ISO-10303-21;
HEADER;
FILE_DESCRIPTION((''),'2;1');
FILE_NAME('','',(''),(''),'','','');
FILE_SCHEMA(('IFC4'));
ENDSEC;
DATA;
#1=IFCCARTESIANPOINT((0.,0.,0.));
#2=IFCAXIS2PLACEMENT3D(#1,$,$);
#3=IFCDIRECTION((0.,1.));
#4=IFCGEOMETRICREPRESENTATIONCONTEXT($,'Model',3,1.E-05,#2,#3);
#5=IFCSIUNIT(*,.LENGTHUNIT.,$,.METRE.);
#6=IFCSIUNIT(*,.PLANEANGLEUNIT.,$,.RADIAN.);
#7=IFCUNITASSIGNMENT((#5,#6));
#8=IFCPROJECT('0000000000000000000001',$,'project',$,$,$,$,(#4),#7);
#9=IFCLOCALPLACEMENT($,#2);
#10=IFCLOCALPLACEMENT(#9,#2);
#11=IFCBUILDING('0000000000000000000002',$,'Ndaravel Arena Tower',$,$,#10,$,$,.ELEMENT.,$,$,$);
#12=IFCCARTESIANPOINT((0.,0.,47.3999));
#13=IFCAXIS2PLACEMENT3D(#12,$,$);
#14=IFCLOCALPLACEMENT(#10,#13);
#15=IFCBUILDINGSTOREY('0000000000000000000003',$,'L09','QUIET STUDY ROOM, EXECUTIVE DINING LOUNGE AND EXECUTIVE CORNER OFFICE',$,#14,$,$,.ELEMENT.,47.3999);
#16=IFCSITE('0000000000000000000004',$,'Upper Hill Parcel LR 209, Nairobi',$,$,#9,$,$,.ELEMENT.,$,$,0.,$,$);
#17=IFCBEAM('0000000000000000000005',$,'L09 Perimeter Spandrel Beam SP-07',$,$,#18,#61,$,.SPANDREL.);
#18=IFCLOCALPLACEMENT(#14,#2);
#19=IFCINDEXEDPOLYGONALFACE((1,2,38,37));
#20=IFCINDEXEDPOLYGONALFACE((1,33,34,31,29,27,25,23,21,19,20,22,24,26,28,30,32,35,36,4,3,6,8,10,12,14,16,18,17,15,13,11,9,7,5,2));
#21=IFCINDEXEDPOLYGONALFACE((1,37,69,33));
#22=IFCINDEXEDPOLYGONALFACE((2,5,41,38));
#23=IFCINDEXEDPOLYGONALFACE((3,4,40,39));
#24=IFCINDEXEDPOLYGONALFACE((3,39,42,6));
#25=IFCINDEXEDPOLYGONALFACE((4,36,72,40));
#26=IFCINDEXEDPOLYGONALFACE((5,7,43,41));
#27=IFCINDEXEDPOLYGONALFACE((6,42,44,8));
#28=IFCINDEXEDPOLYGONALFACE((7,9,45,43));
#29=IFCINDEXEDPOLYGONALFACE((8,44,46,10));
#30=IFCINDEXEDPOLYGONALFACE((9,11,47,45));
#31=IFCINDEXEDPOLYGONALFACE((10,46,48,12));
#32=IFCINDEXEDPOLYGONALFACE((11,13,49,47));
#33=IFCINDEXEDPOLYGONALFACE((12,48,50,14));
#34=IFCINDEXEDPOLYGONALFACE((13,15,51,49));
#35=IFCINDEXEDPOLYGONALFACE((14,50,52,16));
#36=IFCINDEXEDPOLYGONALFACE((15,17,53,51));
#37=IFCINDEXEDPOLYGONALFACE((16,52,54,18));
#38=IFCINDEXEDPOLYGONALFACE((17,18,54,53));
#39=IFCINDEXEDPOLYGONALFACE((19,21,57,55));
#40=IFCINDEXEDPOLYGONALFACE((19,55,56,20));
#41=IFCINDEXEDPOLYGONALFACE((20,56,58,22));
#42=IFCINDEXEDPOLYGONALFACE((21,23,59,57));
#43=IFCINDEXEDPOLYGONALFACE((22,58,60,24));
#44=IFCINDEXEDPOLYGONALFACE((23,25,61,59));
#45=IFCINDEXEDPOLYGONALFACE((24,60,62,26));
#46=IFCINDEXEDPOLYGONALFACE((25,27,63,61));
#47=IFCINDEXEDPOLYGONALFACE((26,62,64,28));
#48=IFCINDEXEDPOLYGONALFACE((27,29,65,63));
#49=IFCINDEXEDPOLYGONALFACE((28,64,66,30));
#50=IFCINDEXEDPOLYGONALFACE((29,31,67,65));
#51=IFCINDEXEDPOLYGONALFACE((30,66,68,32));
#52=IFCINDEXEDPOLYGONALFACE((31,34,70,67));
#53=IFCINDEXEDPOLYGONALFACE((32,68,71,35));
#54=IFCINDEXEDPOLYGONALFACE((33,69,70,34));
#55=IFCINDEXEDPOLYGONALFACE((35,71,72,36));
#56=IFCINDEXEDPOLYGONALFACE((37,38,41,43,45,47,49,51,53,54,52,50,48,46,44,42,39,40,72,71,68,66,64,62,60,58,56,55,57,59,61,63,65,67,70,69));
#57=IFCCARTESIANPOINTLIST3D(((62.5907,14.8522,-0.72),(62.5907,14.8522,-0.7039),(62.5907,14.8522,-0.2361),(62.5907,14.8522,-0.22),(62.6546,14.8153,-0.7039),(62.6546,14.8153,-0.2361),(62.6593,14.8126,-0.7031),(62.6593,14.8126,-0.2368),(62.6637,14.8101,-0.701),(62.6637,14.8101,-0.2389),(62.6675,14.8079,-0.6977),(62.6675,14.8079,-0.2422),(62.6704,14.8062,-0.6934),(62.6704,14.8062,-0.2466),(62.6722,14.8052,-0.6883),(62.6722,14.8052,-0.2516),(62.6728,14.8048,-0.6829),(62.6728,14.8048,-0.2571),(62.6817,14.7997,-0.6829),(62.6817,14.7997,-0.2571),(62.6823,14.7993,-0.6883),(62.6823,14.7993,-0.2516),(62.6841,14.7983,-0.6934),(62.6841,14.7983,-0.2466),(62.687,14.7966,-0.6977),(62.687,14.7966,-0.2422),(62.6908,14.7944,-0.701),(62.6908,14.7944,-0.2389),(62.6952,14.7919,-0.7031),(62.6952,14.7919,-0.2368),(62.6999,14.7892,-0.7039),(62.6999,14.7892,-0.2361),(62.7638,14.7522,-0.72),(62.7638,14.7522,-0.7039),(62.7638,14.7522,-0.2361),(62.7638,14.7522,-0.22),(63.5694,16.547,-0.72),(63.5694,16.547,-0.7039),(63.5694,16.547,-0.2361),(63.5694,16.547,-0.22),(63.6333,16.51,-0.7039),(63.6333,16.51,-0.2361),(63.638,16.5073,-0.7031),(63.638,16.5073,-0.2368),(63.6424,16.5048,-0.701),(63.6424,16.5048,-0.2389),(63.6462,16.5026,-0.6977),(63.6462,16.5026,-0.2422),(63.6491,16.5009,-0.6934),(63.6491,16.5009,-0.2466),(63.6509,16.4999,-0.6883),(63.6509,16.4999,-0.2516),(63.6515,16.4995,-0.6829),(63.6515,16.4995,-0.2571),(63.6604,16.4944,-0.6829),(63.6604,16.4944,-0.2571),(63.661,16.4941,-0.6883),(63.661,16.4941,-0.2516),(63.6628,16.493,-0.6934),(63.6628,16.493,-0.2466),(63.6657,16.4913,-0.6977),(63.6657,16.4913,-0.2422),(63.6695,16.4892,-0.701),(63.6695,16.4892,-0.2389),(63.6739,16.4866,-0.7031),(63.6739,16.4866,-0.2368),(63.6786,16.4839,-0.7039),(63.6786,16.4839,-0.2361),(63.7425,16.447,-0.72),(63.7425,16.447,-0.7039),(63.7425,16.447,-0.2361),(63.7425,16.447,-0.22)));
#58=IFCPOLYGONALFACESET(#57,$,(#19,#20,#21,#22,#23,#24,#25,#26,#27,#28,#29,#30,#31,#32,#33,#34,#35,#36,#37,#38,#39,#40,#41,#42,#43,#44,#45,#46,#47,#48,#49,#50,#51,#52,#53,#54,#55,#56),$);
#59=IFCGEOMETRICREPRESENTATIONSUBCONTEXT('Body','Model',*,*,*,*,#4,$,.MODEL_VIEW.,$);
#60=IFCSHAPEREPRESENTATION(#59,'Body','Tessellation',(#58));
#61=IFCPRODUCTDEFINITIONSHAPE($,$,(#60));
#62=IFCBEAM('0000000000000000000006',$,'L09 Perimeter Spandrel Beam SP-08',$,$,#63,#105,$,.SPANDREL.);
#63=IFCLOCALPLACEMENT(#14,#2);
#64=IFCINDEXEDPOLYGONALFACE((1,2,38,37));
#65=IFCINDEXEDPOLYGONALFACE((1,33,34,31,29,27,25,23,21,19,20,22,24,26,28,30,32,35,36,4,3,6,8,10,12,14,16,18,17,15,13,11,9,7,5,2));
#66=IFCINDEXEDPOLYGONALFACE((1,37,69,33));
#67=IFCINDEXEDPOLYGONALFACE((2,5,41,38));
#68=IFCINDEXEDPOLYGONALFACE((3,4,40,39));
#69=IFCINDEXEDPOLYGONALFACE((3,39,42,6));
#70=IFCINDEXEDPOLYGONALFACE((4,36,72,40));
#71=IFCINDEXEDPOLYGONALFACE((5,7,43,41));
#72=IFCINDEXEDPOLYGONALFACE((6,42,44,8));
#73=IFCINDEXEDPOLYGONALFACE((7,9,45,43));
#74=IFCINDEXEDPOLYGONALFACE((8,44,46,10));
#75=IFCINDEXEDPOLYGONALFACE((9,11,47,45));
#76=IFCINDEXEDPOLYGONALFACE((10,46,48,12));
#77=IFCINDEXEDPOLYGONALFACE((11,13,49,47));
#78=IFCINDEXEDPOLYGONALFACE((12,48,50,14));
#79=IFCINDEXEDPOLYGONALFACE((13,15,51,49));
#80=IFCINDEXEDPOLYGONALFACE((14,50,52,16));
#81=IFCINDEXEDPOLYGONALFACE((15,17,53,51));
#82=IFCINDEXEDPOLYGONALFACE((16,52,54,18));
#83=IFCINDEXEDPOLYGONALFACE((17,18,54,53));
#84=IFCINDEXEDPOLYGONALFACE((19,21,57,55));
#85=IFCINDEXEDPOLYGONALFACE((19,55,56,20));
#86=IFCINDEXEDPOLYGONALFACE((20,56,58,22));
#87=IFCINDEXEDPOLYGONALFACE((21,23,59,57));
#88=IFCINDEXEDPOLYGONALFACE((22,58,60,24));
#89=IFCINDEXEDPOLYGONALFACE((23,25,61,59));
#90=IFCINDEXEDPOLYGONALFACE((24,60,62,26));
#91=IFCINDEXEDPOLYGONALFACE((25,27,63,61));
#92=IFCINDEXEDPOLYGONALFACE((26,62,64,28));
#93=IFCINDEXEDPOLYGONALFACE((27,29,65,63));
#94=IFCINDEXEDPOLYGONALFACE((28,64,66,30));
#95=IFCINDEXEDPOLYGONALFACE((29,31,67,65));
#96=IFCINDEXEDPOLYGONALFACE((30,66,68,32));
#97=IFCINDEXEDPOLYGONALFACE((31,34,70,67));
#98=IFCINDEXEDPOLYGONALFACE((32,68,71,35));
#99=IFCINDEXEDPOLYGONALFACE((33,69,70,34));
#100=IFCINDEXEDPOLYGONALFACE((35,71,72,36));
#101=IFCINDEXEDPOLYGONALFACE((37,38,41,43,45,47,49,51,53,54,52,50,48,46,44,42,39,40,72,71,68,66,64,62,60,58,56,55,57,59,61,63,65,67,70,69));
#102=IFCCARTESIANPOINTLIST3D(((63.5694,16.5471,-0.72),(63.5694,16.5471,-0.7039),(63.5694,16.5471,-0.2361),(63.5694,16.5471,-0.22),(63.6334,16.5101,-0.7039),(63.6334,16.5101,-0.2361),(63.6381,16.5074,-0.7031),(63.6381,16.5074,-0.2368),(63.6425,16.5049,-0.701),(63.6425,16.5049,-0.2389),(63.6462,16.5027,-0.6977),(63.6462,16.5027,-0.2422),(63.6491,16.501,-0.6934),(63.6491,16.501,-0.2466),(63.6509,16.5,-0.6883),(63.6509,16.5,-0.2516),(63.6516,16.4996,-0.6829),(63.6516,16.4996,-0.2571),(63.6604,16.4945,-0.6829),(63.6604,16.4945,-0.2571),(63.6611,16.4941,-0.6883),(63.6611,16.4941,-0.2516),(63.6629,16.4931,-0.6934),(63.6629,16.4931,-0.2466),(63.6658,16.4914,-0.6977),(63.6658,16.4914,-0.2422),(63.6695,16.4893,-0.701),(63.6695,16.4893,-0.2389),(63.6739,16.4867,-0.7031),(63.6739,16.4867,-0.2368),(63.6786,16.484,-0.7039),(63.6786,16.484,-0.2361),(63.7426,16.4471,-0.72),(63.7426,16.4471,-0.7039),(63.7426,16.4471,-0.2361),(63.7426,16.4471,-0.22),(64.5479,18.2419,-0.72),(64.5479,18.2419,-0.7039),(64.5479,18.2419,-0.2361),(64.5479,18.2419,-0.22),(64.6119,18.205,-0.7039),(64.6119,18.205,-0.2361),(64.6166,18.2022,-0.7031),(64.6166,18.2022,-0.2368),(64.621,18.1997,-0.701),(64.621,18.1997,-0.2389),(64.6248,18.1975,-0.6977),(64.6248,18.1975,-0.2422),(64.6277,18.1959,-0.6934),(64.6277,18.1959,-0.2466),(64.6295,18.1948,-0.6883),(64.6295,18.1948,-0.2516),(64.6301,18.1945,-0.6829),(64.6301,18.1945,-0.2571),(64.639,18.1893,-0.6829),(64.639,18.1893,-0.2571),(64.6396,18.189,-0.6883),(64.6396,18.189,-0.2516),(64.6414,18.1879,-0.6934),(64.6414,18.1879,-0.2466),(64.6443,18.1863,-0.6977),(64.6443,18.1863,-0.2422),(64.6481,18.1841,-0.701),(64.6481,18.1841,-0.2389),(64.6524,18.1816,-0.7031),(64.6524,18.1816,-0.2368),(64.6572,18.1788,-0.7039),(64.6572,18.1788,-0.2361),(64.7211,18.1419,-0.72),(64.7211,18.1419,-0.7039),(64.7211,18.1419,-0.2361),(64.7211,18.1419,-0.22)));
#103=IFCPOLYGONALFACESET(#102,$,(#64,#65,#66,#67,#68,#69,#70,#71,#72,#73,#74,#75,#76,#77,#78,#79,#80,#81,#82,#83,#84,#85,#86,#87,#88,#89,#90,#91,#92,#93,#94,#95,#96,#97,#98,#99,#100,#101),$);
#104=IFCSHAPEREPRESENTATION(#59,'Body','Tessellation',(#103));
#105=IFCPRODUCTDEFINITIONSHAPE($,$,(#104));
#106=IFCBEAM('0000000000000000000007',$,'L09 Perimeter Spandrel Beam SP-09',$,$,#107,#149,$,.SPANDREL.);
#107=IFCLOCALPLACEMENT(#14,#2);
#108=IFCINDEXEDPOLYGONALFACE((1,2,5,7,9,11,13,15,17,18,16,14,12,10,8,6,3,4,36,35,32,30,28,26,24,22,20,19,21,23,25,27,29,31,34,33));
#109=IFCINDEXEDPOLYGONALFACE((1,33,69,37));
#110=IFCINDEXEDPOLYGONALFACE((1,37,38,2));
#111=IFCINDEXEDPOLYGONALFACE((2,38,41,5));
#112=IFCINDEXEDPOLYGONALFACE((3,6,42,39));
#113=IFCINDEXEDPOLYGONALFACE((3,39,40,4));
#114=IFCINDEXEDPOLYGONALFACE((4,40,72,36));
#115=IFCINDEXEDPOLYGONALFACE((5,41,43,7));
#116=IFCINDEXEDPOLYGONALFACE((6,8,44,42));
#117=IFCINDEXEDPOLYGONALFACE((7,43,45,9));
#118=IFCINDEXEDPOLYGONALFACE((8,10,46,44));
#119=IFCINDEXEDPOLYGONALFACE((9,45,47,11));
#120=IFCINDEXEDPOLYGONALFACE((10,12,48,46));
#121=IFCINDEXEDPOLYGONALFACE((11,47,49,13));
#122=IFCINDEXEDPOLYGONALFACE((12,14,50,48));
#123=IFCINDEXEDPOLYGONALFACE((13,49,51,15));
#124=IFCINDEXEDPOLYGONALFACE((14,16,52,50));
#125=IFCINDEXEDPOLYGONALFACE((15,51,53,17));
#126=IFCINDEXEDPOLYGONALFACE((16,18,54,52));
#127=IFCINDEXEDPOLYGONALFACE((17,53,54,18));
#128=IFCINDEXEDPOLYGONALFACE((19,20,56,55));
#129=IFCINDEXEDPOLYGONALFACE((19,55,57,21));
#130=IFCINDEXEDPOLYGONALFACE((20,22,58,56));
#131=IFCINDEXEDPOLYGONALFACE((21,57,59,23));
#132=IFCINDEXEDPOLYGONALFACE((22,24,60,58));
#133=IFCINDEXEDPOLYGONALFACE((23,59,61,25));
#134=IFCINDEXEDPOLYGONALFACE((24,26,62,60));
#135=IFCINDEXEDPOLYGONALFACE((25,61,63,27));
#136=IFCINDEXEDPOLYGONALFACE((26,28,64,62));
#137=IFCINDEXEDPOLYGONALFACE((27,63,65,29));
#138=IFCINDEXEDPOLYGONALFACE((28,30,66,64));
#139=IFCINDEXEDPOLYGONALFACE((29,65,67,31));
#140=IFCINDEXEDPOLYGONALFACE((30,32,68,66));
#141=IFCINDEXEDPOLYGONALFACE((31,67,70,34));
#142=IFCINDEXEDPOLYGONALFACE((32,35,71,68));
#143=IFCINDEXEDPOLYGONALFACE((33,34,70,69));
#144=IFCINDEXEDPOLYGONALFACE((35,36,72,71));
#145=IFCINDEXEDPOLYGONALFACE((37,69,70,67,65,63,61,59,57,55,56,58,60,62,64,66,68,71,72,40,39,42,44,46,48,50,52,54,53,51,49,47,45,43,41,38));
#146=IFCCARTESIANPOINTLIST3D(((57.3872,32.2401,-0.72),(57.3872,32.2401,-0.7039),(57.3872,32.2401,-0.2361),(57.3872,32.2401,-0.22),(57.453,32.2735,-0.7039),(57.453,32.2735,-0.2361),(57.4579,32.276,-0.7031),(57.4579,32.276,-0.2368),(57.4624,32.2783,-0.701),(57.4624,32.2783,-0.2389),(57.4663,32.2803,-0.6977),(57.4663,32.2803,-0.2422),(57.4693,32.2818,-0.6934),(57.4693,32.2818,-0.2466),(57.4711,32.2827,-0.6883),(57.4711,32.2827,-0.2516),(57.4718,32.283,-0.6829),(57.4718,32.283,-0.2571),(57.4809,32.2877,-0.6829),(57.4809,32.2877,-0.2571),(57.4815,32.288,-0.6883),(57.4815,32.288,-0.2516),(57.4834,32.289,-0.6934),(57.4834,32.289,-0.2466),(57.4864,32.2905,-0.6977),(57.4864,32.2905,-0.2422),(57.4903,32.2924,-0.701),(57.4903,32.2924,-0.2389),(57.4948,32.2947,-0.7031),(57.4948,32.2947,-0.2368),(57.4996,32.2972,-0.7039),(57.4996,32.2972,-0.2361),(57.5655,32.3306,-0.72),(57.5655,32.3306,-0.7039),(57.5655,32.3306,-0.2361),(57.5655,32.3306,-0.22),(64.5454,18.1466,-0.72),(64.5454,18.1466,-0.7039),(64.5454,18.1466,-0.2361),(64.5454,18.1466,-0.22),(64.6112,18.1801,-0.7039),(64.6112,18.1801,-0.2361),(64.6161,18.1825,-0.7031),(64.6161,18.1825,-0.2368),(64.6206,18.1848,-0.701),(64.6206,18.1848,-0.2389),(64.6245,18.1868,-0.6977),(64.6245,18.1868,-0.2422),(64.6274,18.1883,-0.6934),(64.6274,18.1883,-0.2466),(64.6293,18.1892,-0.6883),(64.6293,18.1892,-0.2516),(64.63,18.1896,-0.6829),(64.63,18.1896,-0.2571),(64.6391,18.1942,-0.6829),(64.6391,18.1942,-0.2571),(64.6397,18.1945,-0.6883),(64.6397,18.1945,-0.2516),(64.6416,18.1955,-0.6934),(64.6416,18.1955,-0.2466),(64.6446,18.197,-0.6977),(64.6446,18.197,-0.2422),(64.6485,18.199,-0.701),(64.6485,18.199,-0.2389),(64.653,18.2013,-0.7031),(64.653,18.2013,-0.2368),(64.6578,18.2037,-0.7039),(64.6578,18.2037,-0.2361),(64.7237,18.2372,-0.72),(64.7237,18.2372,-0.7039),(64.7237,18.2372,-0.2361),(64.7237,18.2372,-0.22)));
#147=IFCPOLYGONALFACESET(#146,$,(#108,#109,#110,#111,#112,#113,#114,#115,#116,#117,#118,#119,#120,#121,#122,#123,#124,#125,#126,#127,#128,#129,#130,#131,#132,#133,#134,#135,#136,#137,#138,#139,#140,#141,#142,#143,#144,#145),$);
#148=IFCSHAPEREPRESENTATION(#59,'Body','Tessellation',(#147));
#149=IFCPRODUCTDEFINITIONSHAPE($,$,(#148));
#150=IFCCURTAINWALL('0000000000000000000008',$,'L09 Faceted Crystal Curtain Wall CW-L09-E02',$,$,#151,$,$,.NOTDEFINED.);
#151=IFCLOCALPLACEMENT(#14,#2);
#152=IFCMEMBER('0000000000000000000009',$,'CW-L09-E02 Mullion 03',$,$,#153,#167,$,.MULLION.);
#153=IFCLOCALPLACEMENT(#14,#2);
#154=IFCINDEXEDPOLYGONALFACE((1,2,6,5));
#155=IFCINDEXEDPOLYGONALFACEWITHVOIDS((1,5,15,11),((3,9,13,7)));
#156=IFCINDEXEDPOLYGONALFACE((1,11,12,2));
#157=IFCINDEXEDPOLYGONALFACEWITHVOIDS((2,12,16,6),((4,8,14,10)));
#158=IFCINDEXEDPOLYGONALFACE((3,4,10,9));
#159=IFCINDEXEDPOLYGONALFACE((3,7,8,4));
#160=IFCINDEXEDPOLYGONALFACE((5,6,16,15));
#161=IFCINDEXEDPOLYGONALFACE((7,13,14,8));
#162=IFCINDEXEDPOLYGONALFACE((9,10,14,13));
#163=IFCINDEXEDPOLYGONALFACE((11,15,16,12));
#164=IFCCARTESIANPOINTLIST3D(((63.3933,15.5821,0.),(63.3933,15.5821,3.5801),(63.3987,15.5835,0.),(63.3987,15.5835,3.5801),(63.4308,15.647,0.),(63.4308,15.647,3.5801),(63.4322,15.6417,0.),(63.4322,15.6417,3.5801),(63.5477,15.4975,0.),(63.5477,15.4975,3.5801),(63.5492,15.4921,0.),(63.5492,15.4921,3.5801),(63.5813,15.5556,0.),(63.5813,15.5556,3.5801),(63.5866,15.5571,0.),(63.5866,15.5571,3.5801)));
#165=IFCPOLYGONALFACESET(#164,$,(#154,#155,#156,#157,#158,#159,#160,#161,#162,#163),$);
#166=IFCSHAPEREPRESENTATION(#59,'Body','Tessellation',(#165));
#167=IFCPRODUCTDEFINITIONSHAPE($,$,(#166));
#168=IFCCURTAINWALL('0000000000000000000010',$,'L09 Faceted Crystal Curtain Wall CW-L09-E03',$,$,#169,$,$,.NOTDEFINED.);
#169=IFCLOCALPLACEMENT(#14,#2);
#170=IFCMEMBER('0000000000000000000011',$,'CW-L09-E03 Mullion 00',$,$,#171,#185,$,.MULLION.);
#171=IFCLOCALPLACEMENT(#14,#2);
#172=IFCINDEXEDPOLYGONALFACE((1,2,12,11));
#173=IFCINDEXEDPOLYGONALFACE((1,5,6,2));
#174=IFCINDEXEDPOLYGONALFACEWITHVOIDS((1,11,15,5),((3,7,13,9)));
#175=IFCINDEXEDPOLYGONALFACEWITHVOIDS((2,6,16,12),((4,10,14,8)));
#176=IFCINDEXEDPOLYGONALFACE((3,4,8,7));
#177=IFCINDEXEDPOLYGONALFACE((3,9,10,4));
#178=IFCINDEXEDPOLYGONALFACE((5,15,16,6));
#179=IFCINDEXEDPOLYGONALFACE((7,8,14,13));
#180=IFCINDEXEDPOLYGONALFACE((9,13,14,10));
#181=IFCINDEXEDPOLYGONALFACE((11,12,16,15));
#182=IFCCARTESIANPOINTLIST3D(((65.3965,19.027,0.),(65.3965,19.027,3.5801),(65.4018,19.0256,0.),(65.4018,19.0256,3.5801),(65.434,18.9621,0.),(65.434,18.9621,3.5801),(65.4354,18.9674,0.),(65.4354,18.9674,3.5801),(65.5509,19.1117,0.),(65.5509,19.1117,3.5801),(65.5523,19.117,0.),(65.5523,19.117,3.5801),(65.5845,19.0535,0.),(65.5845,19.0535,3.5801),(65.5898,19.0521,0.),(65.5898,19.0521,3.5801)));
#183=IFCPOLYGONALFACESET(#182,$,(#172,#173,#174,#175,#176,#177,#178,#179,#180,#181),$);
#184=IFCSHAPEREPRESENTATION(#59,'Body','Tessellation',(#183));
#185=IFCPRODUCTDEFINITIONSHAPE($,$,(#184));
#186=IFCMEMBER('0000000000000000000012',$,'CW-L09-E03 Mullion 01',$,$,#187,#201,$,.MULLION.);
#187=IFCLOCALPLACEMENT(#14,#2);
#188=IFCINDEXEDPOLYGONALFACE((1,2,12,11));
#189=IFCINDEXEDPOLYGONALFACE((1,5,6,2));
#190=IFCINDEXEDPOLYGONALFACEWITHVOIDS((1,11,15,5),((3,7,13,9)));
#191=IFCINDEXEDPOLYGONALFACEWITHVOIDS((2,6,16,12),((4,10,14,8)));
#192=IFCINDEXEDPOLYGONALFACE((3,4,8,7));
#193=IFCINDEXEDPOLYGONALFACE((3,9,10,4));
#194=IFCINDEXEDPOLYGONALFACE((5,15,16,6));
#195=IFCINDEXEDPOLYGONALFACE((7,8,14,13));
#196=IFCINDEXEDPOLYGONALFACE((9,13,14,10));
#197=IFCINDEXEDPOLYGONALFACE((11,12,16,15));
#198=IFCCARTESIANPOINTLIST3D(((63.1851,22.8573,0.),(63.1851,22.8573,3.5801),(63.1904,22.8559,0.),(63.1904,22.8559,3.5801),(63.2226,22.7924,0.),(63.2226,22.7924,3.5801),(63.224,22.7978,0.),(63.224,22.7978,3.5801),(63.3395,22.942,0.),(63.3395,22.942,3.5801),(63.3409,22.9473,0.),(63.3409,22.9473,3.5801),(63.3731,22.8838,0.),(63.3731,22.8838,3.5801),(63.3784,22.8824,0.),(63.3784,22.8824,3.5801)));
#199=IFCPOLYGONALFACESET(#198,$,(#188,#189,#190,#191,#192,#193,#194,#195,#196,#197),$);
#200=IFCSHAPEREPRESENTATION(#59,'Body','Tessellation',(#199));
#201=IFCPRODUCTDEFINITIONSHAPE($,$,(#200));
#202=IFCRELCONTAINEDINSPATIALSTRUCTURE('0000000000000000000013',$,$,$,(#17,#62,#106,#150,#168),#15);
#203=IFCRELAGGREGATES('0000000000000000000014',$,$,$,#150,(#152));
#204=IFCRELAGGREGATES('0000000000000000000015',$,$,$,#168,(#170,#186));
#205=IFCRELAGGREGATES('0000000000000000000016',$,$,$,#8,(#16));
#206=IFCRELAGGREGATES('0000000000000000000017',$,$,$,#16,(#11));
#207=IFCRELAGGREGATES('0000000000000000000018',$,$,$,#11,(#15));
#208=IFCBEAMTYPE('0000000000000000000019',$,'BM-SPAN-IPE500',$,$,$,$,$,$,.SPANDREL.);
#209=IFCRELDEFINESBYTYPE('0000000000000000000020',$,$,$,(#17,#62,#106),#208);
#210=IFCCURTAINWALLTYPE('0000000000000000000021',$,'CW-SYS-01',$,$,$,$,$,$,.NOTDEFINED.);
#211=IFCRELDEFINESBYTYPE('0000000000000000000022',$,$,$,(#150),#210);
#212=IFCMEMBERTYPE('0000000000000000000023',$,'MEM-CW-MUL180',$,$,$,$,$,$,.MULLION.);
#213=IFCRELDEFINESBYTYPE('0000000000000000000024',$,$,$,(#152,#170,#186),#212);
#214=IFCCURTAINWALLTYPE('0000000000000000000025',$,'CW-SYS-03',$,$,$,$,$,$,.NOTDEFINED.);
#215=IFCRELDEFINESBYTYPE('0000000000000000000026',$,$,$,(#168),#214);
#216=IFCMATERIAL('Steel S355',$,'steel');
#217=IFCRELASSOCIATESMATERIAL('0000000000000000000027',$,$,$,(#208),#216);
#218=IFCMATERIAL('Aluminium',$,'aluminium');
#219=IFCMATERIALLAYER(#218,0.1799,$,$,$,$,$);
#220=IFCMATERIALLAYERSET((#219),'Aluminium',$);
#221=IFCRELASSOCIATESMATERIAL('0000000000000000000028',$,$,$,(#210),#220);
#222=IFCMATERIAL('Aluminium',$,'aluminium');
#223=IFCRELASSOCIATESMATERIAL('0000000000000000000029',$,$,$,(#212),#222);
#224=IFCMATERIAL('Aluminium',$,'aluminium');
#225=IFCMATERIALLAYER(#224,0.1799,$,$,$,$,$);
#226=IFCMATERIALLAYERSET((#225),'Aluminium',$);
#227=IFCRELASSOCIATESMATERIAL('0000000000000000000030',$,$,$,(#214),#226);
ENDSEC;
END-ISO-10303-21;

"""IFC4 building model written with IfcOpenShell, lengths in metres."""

from ifc_helpers import new_model, si_unit, direction, frame, origin, origin_2d, place, context, subcontext, project, spatial, hollow_rectangle, i_section, extrude, material, layer, layer_set, material_profile, profile_set, type_object, element, aggregate, save


model = new_model("IFC4")

# Units and contexts
model_context = context("Model", 3, precision=1e-05, world=origin(), true_north=direction((0.0, 1.0)))
body_context = subcontext(model_context, "Body", "Model", "MODEL_VIEW")
ifc_project = project(units=[si_unit("LENGTHUNIT", "METRE"), si_unit("PLANEANGLEUNIT", "RADIAN")], contexts=[model_context])

# Site, building, storey
site_placement = place(None, origin())
site = spatial("IfcSite", under=ifc_project, at=site_placement, Name="Upper Hill Parcel LR 209, Nairobi", CompositionType="ELEMENT", RefElevation=0.0)
building_placement = place(site_placement, origin())
building = spatial("IfcBuilding", under=site, at=building_placement, Name="Ndaravel Arena Tower", CompositionType="ELEMENT")
storey_placement = place(building_placement, frame((0.0, 0.0, 47.3999)))
storey = spatial("IfcBuildingStorey", under=building, at=storey_placement, Name="L09", Description="QUIET STUDY ROOM, EXECUTIVE DINING LOUNGE AND EXECUTIVE CORNER OFFICE", CompositionType="ELEMENT", Elevation=47.3999)

# Beams
ifc_material_1 = material(Name="Steel S355", Category="steel")
ifc_material_profile_1 = material_profile(ifc_material_1, i_section(OverallWidth=0.2, OverallDepth=0.5, WebThickness=0.0103, FlangeThickness=0.0161, FilletRadius=0.021, at=origin_2d()), Name="IPE 500")
ifc_profile_set_1 = profile_set([ifc_material_profile_1], Name="Steel S355")
beam_type_1 = type_object("IfcBeamType", Name="BM-SPAN-IPE500", PredefinedType="SPANDREL", material=ifc_profile_set_1)
for number, where, z_axis, x_axis, name in (
    (1, (62.6772, 14.8022, -0.47), (0.500097, 0.86597, 0.0), (-0.86597, 0.500097, 0.0), "L09 Perimeter Spandrel Beam SP-07"),
    (2, (63.656, 16.4971, -0.47), (0.500003, 0.866024, 0.0), (-0.866024, 0.500003, 0.0), "L09 Perimeter Spandrel Beam SP-08"),
):
    element("IfcBeam", number, at=place(storey_placement, frame(where, z_axis=z_axis, x_axis=x_axis)), inside=storey, type_object=beam_type_1, Name=name, PredefinedType="SPANDREL", context=body_context, shape_type="SweptSolid", body=[
        extrude(i_section(OverallWidth=0.2, OverallDepth=0.5, WebThickness=0.0103, FlangeThickness=0.0161, FilletRadius=0.021, at=origin_2d()), origin(), (0.0, 0.0, 1.0), 1.957),
    ])
beam_1_placement = place(storey_placement, frame((64.6345, 18.1919, -0.47), z_axis=(-0.452845, 0.891589, 0.0), x_axis=(-0.891589, -0.452845, 0.0)))
element("IfcBeam", 3, at=beam_1_placement, inside=storey, type_object=beam_type_1, Name="L09 Perimeter Spandrel Beam SP-09", PredefinedType="SPANDREL", context=body_context, shape_type="SweptSolid", body=[
    extrude(i_section(OverallWidth=0.2, OverallDepth=0.5, WebThickness=0.0103, FlangeThickness=0.0161, FilletRadius=0.021, at=origin_2d()), origin(), (0.0, 0.0, 1.0), 15.8071),
])

# Curtain wall, member
ifc_material_2 = material(Name="Aluminium", Category="aluminium")
ifc_layer_1 = layer(ifc_material_2, 0.1799)
ifc_layer_set_1 = layer_set([ifc_layer_1], Name="Aluminium")
curtain_wall_type_1 = type_object("IfcCurtainWallType", Name="CW-SYS-01", PredefinedType="NOTDEFINED", material=ifc_layer_set_1)
curtain_wall_1_placement = place(storey_placement, origin())
curtain_wall_1 = element("IfcCurtainWall", 4, at=curtain_wall_1_placement, inside=storey, type_object=curtain_wall_type_1, Name="L09 Faceted Crystal Curtain Wall CW-L09-E02", PredefinedType="NOTDEFINED")
ifc_material_3 = material(Name="Aluminium", Category="aluminium")
ifc_material_profile_2 = material_profile(ifc_material_3, hollow_rectangle(XDim=0.075, YDim=0.1799, WallThickness=0.0039, at=origin_2d()), Name="CW MULLION 75x180x4")
ifc_profile_set_2 = profile_set([ifc_material_profile_2], Name="Aluminium")
member_type_1 = type_object("IfcMemberType", Name="MEM-CW-MUL180", PredefinedType="MULLION", material=ifc_profile_set_2)
member_1_placement = place(storey_placement, frame((63.49, 15.5696, 0.0), z_axis=(0.0, 0.0, 1.0), x_axis=(0.5, 0.866025, 0.0)))
member_1 = element("IfcMember", 5, at=member_1_placement, type_object=member_type_1, Name="CW-L09-E02 Mullion 03", PredefinedType="MULLION", context=body_context, shape_type="SweptSolid", body=[
    extrude(hollow_rectangle(XDim=0.075, YDim=0.1799, WallThickness=0.0039, at=origin_2d()), origin(), (0.0, 0.0, 1.0), 3.5801),
])

# Curtain wall, members
ifc_material_4 = material(Name="Aluminium", Category="aluminium")
ifc_layer_2 = layer(ifc_material_4, 0.1799)
ifc_layer_set_2 = layer_set([ifc_layer_2], Name="Aluminium")
curtain_wall_type_2 = type_object("IfcCurtainWallType", Name="CW-SYS-03", PredefinedType="NOTDEFINED", material=ifc_layer_set_2)
curtain_wall_2_placement = place(storey_placement, origin())
curtain_wall_2 = element("IfcCurtainWall", 6, at=curtain_wall_2_placement, inside=storey, type_object=curtain_wall_type_2, Name="L09 Faceted Crystal Curtain Wall CW-L09-E03", PredefinedType="NOTDEFINED")
member_2_placement = place(storey_placement, frame((65.4932, 19.0396, 0.0), z_axis=(0.0, 0.0, 1.0), x_axis=(-0.5, 0.866025, 0.0)))
member_2 = element("IfcMember", 7, at=member_2_placement, type_object=member_type_1, Name="CW-L09-E03 Mullion 00", PredefinedType="MULLION", context=body_context, shape_type="SweptSolid", body=[
    extrude(hollow_rectangle(XDim=0.075, YDim=0.1799, WallThickness=0.0039, at=origin_2d()), origin(), (0.0, 0.0, 1.0), 3.5801),
])
member_3_placement = place(storey_placement, frame((63.2817, 22.8699, 0.0), z_axis=(0.0, 0.0, 1.0), x_axis=(-0.5, 0.866025, 0.0)))
member_3 = element("IfcMember", 8, at=member_3_placement, type_object=member_type_1, Name="CW-L09-E03 Mullion 01", PredefinedType="MULLION", context=body_context, shape_type="SweptSolid", body=[
    extrude(hollow_rectangle(XDim=0.075, YDim=0.1799, WallThickness=0.0039, at=origin_2d()), origin(), (0.0, 0.0, 1.0), 3.5801),
])

aggregate(curtain_wall_1, [member_1])
aggregate(curtain_wall_2, [member_2, member_3])

save(model, "model.ifc")
